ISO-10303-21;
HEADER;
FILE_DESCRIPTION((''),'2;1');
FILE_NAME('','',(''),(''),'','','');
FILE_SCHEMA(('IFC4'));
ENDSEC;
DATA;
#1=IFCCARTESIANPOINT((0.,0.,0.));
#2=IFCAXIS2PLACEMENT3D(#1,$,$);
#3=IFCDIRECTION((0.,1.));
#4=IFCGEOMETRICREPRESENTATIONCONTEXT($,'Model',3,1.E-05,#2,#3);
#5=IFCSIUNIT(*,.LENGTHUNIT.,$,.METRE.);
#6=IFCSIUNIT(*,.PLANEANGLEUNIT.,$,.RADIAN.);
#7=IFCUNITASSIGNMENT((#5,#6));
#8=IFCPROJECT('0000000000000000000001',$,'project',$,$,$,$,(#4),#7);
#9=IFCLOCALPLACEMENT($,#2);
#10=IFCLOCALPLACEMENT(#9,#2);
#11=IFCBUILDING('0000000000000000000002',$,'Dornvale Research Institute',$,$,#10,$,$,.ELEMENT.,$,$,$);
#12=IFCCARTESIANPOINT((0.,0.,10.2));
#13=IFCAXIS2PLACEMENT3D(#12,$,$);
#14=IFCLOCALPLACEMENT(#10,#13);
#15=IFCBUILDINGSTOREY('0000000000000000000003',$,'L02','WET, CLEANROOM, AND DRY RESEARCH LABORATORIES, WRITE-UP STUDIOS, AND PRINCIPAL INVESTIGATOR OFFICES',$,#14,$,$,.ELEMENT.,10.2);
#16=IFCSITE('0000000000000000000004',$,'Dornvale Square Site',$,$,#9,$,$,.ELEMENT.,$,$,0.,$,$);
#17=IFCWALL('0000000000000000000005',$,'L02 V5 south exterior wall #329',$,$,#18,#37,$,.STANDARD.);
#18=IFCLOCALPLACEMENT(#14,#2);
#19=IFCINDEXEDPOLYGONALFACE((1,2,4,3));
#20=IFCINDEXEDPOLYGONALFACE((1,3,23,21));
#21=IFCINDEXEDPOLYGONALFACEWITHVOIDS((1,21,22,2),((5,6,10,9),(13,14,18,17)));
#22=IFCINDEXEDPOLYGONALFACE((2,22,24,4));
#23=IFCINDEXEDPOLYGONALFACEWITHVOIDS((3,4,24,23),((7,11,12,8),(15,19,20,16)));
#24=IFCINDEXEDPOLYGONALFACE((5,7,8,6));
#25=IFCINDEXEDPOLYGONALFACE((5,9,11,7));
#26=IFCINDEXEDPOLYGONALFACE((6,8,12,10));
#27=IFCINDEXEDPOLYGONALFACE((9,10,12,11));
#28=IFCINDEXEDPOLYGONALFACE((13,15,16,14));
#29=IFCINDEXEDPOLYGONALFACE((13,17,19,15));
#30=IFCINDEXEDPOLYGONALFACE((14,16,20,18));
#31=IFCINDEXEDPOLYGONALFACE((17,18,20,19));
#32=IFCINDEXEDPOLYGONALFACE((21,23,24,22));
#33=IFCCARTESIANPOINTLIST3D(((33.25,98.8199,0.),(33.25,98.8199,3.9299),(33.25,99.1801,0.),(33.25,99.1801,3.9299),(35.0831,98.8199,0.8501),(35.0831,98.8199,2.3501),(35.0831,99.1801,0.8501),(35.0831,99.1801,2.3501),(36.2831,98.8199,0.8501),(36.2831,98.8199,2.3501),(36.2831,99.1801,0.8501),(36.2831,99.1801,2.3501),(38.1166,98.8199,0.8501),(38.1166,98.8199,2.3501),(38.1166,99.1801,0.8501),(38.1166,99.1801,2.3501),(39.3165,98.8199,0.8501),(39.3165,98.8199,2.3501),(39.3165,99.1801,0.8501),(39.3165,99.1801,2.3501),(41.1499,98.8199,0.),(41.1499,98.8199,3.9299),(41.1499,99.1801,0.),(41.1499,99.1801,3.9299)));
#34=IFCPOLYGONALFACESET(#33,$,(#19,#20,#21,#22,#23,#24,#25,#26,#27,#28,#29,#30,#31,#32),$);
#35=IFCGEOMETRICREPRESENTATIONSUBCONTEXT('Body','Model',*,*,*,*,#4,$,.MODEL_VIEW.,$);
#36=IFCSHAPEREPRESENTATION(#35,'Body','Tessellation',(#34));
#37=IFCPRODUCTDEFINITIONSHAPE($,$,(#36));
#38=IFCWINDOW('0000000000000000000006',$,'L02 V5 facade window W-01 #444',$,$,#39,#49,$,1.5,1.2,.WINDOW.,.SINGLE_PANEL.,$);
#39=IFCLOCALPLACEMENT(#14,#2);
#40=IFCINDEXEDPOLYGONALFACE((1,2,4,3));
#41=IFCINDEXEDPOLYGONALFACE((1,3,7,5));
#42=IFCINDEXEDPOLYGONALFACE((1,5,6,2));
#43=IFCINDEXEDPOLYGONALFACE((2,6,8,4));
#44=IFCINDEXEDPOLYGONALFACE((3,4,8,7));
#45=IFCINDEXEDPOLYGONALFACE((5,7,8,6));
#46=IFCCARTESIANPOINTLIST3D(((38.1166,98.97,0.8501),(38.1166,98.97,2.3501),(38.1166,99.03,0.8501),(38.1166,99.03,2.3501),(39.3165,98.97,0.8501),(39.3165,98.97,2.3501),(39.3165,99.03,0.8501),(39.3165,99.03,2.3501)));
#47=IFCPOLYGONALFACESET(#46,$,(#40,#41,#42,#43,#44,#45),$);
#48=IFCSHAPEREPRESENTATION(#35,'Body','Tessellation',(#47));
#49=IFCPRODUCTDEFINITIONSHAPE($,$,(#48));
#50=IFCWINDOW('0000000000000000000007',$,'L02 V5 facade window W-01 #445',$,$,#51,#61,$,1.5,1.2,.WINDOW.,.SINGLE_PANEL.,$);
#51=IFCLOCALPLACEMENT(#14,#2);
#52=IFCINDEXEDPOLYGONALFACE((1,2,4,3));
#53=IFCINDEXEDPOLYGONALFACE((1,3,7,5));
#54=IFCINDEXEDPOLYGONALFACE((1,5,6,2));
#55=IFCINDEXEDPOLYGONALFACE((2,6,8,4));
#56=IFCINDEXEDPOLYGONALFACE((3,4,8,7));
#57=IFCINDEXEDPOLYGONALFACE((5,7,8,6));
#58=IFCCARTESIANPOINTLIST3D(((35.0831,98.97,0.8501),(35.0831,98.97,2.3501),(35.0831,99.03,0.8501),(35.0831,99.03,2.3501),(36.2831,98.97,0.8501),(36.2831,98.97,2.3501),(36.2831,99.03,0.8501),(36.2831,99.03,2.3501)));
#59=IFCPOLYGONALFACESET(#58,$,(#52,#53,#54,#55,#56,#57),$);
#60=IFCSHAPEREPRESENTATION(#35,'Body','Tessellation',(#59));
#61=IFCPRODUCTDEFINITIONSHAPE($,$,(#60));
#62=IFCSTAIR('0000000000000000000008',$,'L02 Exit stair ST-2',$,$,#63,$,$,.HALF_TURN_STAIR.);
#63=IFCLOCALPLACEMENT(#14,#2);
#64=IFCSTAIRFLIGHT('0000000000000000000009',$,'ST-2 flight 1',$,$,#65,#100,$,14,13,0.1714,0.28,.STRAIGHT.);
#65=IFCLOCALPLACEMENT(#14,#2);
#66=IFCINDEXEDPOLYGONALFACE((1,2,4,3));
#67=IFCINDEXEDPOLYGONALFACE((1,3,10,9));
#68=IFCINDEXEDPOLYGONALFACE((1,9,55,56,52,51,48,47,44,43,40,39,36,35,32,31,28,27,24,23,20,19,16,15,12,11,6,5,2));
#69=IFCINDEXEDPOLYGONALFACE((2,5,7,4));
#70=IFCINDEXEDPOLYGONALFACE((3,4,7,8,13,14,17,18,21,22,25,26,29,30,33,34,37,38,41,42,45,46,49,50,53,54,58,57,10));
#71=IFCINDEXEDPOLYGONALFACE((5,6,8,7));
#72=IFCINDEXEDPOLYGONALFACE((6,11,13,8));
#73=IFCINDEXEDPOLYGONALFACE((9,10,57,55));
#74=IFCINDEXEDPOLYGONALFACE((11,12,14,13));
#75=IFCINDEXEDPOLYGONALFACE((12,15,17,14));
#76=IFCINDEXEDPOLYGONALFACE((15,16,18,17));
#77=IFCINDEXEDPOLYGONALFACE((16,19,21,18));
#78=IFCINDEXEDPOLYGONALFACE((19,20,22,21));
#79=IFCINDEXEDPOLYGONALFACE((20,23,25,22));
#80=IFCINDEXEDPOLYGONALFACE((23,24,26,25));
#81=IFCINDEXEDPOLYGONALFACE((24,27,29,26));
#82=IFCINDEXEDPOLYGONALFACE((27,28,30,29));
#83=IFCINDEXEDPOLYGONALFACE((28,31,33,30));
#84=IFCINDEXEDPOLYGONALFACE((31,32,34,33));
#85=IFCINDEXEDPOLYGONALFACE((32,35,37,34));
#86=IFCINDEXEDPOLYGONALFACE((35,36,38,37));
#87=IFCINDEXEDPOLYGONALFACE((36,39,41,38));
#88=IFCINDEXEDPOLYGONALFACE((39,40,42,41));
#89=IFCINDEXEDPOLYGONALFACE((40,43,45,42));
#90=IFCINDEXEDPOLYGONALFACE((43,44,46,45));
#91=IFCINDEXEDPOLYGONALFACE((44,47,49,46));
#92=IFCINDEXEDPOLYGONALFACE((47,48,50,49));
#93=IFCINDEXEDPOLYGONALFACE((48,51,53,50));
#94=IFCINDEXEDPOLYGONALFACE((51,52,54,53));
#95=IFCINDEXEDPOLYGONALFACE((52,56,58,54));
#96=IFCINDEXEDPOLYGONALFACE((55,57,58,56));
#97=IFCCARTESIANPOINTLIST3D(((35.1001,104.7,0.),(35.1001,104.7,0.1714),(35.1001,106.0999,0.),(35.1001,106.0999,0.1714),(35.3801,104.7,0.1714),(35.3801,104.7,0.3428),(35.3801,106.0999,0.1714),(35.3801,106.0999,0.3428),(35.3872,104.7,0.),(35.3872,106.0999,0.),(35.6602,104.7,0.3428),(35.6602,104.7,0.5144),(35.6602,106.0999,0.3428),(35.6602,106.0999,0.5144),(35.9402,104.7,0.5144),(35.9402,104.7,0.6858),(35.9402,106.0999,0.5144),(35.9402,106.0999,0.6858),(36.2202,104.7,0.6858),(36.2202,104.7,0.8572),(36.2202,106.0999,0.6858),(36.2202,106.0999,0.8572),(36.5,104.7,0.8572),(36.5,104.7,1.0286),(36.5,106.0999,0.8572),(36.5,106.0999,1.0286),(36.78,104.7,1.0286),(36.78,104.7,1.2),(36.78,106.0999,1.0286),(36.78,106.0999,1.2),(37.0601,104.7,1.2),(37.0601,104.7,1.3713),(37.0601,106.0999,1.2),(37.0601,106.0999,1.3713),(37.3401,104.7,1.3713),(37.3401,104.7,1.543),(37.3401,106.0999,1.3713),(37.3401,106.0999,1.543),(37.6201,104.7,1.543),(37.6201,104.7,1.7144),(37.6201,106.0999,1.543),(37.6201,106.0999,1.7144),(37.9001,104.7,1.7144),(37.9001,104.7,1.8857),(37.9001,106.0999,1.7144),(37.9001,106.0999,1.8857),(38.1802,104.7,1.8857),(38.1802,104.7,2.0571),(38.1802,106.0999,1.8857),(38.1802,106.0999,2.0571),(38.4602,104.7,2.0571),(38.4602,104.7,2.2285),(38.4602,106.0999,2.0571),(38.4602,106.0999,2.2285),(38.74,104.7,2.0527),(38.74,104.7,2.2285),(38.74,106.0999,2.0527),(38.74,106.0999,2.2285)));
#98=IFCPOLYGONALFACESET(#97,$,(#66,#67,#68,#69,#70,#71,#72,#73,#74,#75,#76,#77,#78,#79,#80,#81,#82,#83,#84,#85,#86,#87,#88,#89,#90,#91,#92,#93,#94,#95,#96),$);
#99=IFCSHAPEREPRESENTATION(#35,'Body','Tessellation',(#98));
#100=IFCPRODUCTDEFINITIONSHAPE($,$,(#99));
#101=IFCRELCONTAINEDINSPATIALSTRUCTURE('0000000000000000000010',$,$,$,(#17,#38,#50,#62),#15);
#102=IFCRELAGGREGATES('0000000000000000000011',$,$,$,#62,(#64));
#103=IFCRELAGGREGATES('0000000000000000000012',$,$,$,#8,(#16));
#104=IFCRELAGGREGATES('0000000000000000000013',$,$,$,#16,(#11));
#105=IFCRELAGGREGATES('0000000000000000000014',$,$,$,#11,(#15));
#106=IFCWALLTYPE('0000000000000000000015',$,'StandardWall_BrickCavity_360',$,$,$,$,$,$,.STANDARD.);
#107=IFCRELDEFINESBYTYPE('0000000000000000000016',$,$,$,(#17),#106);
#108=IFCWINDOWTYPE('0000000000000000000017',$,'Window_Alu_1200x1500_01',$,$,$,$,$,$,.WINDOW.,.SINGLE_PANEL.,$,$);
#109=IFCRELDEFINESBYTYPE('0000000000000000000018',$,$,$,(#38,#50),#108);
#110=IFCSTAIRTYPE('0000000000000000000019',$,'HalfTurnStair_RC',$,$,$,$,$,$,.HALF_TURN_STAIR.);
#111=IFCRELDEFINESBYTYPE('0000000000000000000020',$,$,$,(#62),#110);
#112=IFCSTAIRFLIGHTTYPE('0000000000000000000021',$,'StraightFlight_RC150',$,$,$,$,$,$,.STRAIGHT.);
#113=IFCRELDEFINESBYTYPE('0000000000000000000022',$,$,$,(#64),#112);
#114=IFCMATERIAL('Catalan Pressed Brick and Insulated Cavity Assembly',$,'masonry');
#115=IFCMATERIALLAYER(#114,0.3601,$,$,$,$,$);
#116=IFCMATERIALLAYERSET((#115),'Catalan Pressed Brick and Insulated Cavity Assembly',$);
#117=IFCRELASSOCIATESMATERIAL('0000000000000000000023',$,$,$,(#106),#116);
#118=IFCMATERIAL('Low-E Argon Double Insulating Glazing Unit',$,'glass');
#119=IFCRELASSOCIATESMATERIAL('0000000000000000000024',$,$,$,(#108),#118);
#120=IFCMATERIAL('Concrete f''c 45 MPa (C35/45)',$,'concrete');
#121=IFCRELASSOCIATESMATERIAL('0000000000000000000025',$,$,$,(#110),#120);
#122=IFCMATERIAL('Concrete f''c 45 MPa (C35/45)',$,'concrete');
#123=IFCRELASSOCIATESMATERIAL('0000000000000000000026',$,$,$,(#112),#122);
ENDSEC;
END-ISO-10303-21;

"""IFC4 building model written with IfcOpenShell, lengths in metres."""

from ifc_helpers import new_model, si_unit, direction, frame, frame_2d, origin, place, context, subcontext, project, spatial, polyline, rectangle, outline, extrude, material, layer, layer_set, type_object, element, fill, aggregate, save


model = new_model("IFC4")

# Units and contexts
model_context = context("Model", 3, precision=1e-05, world=origin(), true_north=direction((0.0, 1.0)))
body_context = subcontext(model_context, "Body", "Model", "MODEL_VIEW")
ifc_project = project(units=[si_unit("LENGTHUNIT", "METRE"), si_unit("PLANEANGLEUNIT", "RADIAN")], contexts=[model_context])

# Site, building, storey
site_placement = place(None, origin())
site = spatial("IfcSite", under=ifc_project, at=site_placement, Name="Dornvale Square Site", CompositionType="ELEMENT", RefElevation=0.0)
building_placement = place(site_placement, origin())
building = spatial("IfcBuilding", under=site, at=building_placement, Name="Dornvale Research Institute", CompositionType="ELEMENT")
storey_placement = place(building_placement, frame((0.0, 0.0, 10.2)))
storey = spatial("IfcBuildingStorey", under=building, at=storey_placement, Name="L02", Description="WET, CLEANROOM, AND DRY RESEARCH LABORATORIES, WRITE-UP STUDIOS, AND PRINCIPAL INVESTIGATOR OFFICES", CompositionType="ELEMENT", Elevation=10.2)

# Wall, openings, windows
ifc_material_1 = material(Name="Catalan Pressed Brick and Insulated Cavity Assembly", Category="masonry")
ifc_layer_1 = layer(ifc_material_1, 0.3601)
ifc_layer_set_1 = layer_set([ifc_layer_1], Name="Catalan Pressed Brick and Insulated Cavity Assembly")
wall_type_1 = type_object("IfcWallType", Name="StandardWall_BrickCavity_360", PredefinedType="STANDARD", material=ifc_layer_set_1)
wall_1_placement = place(storey_placement, frame((41.1499, 99.0, 0.0), z_axis=(0.0, 0.0, 1.0), x_axis=(-1.0, 0.0, 0.0)))
wall_1 = element("IfcWall", 1, at=wall_1_placement, inside=storey, type_object=wall_type_1, Name="L02 V5 south exterior wall #329", PredefinedType="STANDARD", context=body_context, shape_type="SweptSolid", body=[
    extrude(rectangle(XDim=7.8999, YDim=0.3601, at=frame_2d((3.95, 0.0))), origin(), (0.0, 0.0, 1.0), 3.9299),
])
opening_1_placement = place(wall_1_placement, frame((1.8333, 0.0, 0.8501)))
opening_1 = element("IfcOpeningElement", 2, at=opening_1_placement, cuts=wall_1, PredefinedType="OPENING", context=body_context, shape_type="SweptSolid", body=[
    extrude(rectangle(XDim=1.2, YDim=1.5, at=frame_2d((0.6001, 0.75))), frame((0.0, 0.1951, 0.0), z_axis=(0.0, -1.0, 0.0), x_axis=(1.0, 0.0, 0.0)), (0.0, 0.0, 1.0), 0.3901),
])
opening_2_placement = place(wall_1_placement, frame((4.8667, 0.0, 0.8501)))
opening_2 = element("IfcOpeningElement", 3, at=opening_2_placement, cuts=wall_1, PredefinedType="OPENING", context=body_context, shape_type="SweptSolid", body=[
    extrude(rectangle(XDim=1.2, YDim=1.5, at=frame_2d((0.6001, 0.75))), frame((0.0, 0.1951, 0.0), z_axis=(0.0, -1.0, 0.0), x_axis=(1.0, 0.0, 0.0)), (0.0, 0.0, 1.0), 0.3901),
])
ifc_material_2 = material(Name="Low-E Argon Double Insulating Glazing Unit", Category="glass")
window_type = type_object("IfcWindowType", Name="Window_Alu_1200x1500_01", PartitioningType="SINGLE_PANEL", PredefinedType="WINDOW", material=ifc_material_2)
window_1_placement = place(opening_1_placement, origin())
window_1 = element("IfcWindow", 4, at=window_1_placement, inside=storey, type_object=window_type, Name="L02 V5 facade window W-01 #444", OverallHeight=1.5, OverallWidth=1.2, PartitioningType="SINGLE_PANEL", PredefinedType="WINDOW", context=body_context, shape_type="SweptSolid", body=[
    extrude(rectangle(XDim=1.2, YDim=1.5, at=frame_2d((0.6001, 0.75))), frame((0.0, 0.03, 0.0), z_axis=(0.0, -1.0, 0.0), x_axis=(1.0, 0.0, 0.0)), (0.0, 0.0, 1.0), 0.0601),
])
fill(opening_1, window_1)
window_2_placement = place(opening_2_placement, origin())
window_2 = element("IfcWindow", 5, at=window_2_placement, inside=storey, type_object=window_type, Name="L02 V5 facade window W-01 #445", OverallHeight=1.5, OverallWidth=1.2, PartitioningType="SINGLE_PANEL", PredefinedType="WINDOW", context=body_context, shape_type="SweptSolid", body=[
    extrude(rectangle(XDim=1.2, YDim=1.5, at=frame_2d((0.6001, 0.75))), frame((0.0, 0.03, 0.0), z_axis=(0.0, -1.0, 0.0), x_axis=(1.0, 0.0, 0.0)), (0.0, 0.0, 1.0), 0.0601),
])
fill(opening_2, window_2)

# Stair, stair flight
ifc_material_3 = material(Name="Concrete f'c 45 MPa (C35/45)", Category="concrete")
stair_type = type_object("IfcStairType", Name="HalfTurnStair_RC", PredefinedType="HALF_TURN_STAIR", material=ifc_material_3)
stair_placement = place(storey_placement, origin())
stair = element("IfcStair", 6, at=stair_placement, inside=storey, type_object=stair_type, Name="L02 Exit stair ST-2", PredefinedType="HALF_TURN_STAIR")
ifc_material_4 = material(Name="Concrete f'c 45 MPa (C35/45)", Category="concrete")
stair_flight_type = type_object("IfcStairFlightType", Name="StraightFlight_RC150", PredefinedType="STRAIGHT", material=ifc_material_4)
stair_flight_placement = place(storey_placement, frame((35.1001, 105.3999, 0.0), z_axis=(0.0, 0.0, 1.0), x_axis=(1.0, 0.0, 0.0)))
stair_flight = element("IfcStairFlight", 7, at=stair_flight_placement, type_object=stair_flight_type, Name="ST-2 flight 1", NumberOfRisers=14, NumberOfTreads=13, PredefinedType="STRAIGHT", RiserHeight=0.1714, TreadLength=0.28, context=body_context, shape_type="SweptSolid", body=[
    extrude(outline(polyline([(0.0, 0.0), (0.0, 0.1714), (0.28, 0.1714), (0.28, 0.3428), (0.5601, 0.3428), (0.5601, 0.5144), (0.8401, 0.5144), (0.8401, 0.6858), (1.1201, 0.6858), (1.1201, 0.8572), (1.3999, 0.8572), (1.3999, 1.0286), (1.6799, 1.0286), (1.6799, 1.2), (1.96, 1.2), (1.96, 1.3713), (2.24, 1.3713), (2.24, 1.543), (2.52, 1.543), (2.52, 1.7144), (2.8, 1.7144), (2.8, 1.8857), (3.0801, 1.8857), (3.0801, 2.0571), (3.3601, 2.0571), (3.3601, 2.2285), (3.6399, 2.2285), (3.6399, 2.3999), (3.6399, 2.0527), (0.2871, 0.0), (0.0, 0.0)])), frame((0.0, 0.7, 0.0), z_axis=(0.0, -1.0, 0.0), x_axis=(1.0, 0.0, 0.0)), (0.0, 0.0, 1.0), 1.3999),
])
aggregate(stair, [stair_flight])

save(model, "model.ifc")
